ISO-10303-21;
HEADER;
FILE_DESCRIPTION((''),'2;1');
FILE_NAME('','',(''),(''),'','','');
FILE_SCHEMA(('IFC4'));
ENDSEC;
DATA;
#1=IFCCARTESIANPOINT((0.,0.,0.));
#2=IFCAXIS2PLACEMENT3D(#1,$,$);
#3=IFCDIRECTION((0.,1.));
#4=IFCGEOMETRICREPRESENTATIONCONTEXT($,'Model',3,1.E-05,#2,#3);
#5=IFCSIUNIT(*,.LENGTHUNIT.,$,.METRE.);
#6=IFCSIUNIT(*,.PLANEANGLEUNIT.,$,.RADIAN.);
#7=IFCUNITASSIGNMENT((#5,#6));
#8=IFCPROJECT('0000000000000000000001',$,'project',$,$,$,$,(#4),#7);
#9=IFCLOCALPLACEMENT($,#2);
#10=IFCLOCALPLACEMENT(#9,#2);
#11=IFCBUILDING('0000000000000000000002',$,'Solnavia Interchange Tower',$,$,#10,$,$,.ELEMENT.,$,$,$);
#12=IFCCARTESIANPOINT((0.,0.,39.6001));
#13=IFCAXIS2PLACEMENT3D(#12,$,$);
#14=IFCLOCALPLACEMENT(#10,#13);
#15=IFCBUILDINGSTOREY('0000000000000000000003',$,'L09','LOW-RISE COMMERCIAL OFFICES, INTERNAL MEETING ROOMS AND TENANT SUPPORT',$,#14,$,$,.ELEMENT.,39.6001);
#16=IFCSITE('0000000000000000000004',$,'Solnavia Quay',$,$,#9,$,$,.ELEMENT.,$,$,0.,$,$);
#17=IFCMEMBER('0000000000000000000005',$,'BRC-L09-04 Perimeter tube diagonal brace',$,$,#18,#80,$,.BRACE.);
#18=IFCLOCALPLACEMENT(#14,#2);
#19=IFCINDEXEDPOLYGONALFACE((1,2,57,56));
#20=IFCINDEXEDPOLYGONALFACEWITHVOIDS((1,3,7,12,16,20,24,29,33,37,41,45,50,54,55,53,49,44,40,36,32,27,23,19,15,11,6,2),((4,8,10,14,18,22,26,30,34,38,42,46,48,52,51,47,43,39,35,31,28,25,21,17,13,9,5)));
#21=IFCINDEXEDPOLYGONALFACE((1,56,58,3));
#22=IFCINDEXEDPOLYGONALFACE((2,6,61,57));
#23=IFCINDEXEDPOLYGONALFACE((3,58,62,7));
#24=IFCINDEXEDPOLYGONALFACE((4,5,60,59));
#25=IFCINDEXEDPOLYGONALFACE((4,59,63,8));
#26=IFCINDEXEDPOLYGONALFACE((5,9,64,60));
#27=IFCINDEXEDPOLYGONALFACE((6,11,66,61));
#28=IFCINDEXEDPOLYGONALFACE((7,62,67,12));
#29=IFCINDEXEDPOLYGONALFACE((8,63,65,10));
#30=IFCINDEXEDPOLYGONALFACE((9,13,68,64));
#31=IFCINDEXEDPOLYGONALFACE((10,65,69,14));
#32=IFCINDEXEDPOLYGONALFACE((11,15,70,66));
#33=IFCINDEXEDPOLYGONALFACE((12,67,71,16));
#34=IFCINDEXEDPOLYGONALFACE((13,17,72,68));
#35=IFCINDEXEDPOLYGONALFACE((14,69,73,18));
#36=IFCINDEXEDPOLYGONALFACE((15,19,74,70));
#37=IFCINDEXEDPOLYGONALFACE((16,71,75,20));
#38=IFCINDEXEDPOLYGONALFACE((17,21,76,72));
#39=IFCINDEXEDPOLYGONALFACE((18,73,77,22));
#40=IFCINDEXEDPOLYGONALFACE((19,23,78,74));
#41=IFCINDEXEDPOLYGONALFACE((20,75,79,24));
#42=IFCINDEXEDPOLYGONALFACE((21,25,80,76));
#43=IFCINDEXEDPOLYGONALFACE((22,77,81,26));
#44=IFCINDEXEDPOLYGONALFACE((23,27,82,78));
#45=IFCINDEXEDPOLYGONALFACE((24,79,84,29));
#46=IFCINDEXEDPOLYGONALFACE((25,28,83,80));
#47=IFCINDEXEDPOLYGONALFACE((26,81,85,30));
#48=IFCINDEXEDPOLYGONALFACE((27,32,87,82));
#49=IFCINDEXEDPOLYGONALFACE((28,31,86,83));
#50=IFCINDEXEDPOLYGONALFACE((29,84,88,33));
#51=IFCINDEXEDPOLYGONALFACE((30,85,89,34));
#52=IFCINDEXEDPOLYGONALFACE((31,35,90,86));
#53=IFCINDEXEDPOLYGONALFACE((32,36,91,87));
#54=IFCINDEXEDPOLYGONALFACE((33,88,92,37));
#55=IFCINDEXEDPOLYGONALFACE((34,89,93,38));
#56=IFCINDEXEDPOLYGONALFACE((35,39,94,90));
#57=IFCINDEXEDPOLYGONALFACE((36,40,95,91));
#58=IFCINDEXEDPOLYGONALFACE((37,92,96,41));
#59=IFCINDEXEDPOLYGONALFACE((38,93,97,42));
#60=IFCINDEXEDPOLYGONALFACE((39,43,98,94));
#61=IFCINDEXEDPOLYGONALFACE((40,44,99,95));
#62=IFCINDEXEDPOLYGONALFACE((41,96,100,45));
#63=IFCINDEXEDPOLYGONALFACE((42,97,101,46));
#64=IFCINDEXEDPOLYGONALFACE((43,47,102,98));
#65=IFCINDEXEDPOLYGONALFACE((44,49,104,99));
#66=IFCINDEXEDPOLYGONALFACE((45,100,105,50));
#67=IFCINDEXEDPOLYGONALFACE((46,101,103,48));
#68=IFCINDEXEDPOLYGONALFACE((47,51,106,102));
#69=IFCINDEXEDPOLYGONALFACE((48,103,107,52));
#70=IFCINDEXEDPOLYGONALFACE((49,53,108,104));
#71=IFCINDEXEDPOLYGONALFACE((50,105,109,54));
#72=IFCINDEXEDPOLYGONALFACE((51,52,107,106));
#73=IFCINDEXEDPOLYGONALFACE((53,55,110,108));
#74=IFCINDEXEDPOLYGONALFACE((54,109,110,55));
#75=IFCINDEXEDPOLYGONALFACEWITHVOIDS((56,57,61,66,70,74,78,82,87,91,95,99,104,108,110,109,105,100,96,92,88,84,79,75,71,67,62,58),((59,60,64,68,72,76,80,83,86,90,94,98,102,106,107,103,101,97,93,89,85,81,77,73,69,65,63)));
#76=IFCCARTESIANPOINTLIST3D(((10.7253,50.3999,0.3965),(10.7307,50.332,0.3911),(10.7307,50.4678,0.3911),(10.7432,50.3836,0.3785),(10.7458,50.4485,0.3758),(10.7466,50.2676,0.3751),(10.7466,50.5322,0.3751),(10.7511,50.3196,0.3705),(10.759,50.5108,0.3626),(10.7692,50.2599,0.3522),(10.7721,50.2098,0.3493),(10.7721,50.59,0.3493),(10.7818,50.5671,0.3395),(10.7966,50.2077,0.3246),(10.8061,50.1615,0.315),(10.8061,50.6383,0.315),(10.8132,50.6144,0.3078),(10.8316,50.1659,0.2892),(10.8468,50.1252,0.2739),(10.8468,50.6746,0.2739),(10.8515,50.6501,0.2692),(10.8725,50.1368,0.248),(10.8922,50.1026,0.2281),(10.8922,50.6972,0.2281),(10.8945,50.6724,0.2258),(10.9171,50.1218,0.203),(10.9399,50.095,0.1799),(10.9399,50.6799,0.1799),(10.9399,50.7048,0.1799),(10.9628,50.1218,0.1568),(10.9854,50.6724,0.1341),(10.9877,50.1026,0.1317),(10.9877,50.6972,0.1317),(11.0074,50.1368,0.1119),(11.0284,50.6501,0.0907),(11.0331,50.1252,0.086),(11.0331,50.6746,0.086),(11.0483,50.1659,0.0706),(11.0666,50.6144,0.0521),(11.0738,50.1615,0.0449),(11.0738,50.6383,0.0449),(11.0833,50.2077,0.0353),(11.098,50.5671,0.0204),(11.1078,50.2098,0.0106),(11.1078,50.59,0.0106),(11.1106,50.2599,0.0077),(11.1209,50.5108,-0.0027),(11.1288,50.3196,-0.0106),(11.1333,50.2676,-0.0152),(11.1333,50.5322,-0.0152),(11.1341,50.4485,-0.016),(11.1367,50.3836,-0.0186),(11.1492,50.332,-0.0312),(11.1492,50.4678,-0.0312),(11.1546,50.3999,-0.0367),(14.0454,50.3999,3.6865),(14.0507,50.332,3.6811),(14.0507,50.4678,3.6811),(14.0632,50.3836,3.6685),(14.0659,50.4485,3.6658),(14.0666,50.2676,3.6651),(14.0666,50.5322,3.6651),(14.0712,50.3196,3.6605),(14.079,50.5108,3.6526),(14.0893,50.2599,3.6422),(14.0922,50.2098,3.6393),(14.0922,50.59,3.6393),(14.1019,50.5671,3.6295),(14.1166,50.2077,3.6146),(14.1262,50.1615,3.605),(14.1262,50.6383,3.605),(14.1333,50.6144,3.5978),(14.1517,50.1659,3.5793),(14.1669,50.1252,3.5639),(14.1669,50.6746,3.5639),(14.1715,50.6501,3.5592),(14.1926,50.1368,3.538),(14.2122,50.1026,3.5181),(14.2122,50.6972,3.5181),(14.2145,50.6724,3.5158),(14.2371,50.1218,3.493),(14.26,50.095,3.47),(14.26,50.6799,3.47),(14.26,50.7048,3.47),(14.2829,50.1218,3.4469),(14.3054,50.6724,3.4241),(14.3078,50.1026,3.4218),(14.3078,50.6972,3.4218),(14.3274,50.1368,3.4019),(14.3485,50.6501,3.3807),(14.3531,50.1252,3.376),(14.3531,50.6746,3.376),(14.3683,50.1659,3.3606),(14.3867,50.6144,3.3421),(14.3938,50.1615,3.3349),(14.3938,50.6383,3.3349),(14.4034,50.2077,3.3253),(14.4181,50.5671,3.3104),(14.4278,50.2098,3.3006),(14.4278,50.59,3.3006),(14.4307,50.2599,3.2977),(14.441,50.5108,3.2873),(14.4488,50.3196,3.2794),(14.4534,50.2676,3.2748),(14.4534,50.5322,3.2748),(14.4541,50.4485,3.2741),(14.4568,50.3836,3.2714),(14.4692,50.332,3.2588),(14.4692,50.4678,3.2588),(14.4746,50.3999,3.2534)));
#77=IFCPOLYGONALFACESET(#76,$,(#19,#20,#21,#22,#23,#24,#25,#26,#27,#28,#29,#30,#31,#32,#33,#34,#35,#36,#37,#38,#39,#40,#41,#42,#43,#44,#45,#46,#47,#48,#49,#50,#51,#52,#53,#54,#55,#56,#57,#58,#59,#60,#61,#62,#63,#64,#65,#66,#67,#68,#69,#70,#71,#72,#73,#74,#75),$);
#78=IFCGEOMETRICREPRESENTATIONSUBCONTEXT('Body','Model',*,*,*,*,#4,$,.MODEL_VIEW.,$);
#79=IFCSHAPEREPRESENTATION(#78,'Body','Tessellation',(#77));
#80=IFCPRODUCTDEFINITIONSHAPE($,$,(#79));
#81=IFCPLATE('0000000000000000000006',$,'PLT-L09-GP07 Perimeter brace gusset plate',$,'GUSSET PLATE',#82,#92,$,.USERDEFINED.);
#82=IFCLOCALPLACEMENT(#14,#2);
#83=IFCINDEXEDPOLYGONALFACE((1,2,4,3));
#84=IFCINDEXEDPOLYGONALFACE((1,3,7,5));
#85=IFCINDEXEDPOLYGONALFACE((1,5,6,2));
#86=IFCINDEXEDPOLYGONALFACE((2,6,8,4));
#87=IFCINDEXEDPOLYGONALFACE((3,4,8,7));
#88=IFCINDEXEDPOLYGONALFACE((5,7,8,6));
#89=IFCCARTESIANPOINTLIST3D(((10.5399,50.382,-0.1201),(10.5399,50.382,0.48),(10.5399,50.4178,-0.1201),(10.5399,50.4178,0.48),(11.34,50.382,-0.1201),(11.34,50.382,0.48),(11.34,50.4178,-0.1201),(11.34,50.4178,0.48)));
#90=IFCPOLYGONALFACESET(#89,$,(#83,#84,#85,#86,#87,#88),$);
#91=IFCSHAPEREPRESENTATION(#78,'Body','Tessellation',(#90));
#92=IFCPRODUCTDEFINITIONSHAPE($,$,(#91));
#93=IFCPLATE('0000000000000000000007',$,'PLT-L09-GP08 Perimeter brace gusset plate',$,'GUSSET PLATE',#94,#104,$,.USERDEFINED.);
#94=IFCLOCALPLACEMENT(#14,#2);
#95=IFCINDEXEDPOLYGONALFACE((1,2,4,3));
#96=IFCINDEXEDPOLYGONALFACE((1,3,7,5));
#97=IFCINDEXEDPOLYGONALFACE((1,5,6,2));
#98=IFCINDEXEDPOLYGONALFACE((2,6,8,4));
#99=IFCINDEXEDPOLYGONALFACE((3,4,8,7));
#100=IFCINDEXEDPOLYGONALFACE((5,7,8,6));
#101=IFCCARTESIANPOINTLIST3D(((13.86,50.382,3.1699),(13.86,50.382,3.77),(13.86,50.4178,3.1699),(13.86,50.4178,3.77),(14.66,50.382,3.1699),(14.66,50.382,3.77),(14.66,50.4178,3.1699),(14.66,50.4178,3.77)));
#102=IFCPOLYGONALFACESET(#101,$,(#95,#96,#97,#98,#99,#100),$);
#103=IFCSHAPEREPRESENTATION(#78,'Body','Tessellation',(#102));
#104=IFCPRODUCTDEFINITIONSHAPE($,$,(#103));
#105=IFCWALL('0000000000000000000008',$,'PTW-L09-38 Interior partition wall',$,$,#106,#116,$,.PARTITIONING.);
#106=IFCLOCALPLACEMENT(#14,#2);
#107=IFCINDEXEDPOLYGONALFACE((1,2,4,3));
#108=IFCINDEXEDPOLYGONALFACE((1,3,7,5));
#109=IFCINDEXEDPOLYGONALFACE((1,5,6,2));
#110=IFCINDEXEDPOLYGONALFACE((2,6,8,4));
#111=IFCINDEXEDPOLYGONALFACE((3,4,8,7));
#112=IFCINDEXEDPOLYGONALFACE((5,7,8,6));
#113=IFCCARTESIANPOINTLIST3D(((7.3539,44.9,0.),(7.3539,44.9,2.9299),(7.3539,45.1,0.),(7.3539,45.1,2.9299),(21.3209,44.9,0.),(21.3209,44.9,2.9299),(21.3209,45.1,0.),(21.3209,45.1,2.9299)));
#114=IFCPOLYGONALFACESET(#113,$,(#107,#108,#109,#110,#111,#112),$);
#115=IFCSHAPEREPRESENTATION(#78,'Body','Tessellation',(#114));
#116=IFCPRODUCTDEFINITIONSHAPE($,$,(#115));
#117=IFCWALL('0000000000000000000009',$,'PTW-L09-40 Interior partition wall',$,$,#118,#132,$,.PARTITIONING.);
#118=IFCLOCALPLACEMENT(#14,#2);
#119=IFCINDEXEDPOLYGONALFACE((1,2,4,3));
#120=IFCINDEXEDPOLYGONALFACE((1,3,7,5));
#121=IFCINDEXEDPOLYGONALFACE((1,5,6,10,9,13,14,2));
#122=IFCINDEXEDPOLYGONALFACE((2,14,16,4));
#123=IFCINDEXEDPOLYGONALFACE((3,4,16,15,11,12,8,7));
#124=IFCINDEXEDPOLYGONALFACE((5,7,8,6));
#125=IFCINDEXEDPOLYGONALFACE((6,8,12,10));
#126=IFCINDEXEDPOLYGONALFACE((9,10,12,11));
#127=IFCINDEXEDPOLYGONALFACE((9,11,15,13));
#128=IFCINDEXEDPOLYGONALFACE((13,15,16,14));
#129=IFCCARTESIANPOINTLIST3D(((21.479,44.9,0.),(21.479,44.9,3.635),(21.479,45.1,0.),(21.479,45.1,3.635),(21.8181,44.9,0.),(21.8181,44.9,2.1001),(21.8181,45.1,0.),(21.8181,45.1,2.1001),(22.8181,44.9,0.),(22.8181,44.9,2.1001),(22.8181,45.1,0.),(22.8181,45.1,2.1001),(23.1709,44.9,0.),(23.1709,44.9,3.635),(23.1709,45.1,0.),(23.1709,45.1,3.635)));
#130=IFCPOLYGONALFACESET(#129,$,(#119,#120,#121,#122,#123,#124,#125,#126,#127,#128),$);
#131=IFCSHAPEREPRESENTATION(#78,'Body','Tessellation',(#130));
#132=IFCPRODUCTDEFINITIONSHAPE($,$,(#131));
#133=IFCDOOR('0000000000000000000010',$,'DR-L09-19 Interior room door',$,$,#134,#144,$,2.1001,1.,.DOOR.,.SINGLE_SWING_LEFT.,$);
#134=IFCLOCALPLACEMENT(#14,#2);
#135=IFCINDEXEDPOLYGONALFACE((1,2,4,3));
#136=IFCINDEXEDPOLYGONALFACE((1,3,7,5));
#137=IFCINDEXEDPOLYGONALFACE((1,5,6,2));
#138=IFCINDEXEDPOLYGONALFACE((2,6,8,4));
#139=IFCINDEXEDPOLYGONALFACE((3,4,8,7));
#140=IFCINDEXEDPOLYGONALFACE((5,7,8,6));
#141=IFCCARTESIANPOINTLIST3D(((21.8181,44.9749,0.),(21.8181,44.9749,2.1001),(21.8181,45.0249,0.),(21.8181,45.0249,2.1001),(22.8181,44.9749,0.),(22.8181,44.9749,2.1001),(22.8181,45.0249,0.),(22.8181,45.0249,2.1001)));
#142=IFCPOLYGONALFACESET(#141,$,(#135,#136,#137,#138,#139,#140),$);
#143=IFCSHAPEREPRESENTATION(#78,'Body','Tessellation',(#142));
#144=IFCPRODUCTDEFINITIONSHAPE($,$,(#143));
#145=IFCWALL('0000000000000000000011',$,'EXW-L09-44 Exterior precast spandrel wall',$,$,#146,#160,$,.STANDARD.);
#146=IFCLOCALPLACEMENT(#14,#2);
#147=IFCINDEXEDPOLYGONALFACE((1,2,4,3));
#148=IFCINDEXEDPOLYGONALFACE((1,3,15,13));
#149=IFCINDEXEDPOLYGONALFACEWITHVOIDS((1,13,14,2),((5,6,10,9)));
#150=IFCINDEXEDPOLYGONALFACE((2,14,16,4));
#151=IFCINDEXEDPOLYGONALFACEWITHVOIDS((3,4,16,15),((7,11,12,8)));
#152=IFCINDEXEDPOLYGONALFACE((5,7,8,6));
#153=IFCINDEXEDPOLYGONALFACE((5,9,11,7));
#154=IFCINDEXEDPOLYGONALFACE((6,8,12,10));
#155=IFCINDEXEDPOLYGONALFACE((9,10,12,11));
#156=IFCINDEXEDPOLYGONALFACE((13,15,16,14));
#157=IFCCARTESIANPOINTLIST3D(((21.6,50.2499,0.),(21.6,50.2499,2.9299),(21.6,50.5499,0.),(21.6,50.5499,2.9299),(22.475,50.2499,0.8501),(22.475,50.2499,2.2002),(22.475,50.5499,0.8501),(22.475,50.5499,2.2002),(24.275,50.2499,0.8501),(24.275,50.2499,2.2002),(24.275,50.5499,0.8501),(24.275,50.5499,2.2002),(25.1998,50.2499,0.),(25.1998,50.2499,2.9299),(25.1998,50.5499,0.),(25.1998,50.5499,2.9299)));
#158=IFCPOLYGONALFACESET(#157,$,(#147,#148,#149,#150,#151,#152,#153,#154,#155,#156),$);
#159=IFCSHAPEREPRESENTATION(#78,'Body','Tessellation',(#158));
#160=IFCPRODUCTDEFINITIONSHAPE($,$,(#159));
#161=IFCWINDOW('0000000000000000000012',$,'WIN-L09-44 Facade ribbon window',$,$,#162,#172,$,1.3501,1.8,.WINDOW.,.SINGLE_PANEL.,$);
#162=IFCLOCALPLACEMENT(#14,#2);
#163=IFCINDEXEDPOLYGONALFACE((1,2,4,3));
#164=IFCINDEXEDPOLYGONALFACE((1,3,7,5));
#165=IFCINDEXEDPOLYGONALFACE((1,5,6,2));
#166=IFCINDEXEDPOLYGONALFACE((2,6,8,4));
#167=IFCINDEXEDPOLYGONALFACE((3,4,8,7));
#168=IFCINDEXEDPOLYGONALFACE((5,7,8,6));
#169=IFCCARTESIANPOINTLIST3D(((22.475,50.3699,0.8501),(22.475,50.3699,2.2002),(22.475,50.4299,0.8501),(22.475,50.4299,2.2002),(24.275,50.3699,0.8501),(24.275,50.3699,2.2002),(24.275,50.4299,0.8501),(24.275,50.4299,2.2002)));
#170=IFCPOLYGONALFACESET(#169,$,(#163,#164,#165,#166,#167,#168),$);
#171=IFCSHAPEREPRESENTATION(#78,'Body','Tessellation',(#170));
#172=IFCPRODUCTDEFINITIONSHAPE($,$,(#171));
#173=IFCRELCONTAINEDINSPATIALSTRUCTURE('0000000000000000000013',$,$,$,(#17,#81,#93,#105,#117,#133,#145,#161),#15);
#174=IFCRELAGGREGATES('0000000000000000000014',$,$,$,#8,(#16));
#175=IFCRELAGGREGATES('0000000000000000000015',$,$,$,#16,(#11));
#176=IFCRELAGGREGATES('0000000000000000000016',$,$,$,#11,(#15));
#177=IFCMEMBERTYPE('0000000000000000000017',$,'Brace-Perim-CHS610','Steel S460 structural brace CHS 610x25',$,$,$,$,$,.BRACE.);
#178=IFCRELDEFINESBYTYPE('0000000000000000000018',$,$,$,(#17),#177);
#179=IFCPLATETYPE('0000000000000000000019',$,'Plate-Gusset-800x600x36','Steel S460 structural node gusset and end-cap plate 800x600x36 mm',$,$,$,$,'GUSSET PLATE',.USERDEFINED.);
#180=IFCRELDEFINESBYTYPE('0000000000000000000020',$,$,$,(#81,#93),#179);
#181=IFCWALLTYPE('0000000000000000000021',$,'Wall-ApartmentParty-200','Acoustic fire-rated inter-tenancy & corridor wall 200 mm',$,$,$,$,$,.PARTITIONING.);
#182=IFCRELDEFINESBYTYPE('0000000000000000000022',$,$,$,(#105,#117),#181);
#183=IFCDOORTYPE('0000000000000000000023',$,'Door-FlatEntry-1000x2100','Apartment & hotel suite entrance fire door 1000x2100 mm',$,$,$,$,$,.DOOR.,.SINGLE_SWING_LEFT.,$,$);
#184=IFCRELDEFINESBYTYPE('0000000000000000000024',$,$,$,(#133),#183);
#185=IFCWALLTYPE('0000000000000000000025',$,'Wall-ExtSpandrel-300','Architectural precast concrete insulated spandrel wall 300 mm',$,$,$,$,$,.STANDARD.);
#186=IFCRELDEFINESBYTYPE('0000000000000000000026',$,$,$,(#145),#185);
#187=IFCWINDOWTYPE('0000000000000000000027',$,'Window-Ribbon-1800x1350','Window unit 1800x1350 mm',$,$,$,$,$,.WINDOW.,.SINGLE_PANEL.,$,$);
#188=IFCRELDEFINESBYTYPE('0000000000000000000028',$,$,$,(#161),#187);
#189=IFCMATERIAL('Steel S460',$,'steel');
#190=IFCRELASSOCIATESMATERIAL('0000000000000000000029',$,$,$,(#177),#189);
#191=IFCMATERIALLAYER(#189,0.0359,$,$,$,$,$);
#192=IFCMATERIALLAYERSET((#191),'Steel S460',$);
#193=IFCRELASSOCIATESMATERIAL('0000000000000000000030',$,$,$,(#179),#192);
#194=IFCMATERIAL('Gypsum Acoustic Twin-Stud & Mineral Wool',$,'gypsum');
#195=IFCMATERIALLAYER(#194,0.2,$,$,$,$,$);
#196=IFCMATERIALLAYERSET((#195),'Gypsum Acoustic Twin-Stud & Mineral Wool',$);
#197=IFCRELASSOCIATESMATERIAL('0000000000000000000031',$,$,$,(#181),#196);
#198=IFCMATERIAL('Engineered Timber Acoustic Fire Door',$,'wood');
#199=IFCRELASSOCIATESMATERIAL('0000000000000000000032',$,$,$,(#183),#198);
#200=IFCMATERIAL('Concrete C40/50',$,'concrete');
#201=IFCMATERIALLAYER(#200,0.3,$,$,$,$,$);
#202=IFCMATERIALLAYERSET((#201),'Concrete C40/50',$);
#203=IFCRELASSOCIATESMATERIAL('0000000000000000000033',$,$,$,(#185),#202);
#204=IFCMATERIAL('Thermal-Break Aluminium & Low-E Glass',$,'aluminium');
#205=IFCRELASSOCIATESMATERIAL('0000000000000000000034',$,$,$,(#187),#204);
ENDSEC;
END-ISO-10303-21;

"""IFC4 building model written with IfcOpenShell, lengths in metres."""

from ifc_helpers import new_model, si_unit, direction, frame, frame_2d, origin, origin_2d, place, context, subcontext, project, spatial, rectangle, hollow_circle, extrude, material, layer, layer_set, material_profile, profile_set, type_object, element, fill, save


model = new_model("IFC4")

# Units and contexts
model_context = context("Model", 3, precision=1e-05, world=origin(), true_north=direction((0.0, 1.0)))
body_context = subcontext(model_context, "Body", "Model", "MODEL_VIEW")
ifc_project = project(units=[si_unit("LENGTHUNIT", "METRE"), si_unit("PLANEANGLEUNIT", "RADIAN")], contexts=[model_context])

# Site, building, storey
site_placement = place(None, origin())
site = spatial("IfcSite", under=ifc_project, at=site_placement, Name="Solnavia Quay", CompositionType="ELEMENT", RefElevation=0.0)
building_placement = place(site_placement, origin())
building = spatial("IfcBuilding", under=site, at=building_placement, Name="Solnavia Interchange Tower", CompositionType="ELEMENT")
storey_placement = place(building_placement, frame((0.0, 0.0, 39.6001)))
storey = spatial("IfcBuildingStorey", under=building, at=storey_placement, Name="L09", Description="LOW-RISE COMMERCIAL OFFICES, INTERNAL MEETING ROOMS AND TENANT SUPPORT", CompositionType="ELEMENT", Elevation=39.6001)

# Member
ifc_material_1 = material(Name="Steel S460", Category="steel")
ifc_material_profile_1 = material_profile(ifc_material_1, hollow_circle(Radius=0.3049, WallThickness=0.0249, at=origin_2d()), Name="CHS 610x25")
ifc_profile_set_1 = profile_set([ifc_material_profile_1], Name="Steel S460")
member_type = type_object("IfcMemberType", Name="Brace-Perim-CHS610", Description="Steel S460 structural brace CHS 610x25", PredefinedType="BRACE", material=ifc_profile_set_1)
member_placement = place(storey_placement, frame((10.9399, 50.3999, 0.1799), z_axis=(0.710312, 0.0, 0.703887), x_axis=(0.0, 1.0, 0.0)))
element("IfcMember", 1, at=member_placement, inside=storey, type_object=member_type, Name="BRC-L09-04 Perimeter tube diagonal brace", PredefinedType="BRACE", context=body_context, shape_type="SweptSolid", body=[
    extrude(hollow_circle(Radius=0.3049, WallThickness=0.0249, at=origin_2d()), origin(), (0.0, 0.0, 1.0), 4.6741),
])

# Plates
ifc_layer_1 = layer(ifc_material_1, 0.0359)
ifc_layer_set_1 = layer_set([ifc_layer_1], Name="Steel S460")
plate_type = type_object("IfcPlateType", Name="Plate-Gusset-800x600x36", Description="Steel S460 structural node gusset and end-cap plate 800x600x36 mm", ElementType="GUSSET PLATE", PredefinedType="USERDEFINED", material=ifc_layer_set_1)
for number, where, z_axis, x_axis, name in (
    (2, (10.9399, 50.3999, -0.1201), (0.0, 0.0, 1.0), (1.0, 0.0, 0.0), "PLT-L09-GP07 Perimeter brace gusset plate"),
    (3, (14.26, 50.3999, 3.1699), (0.0, 0.0, 1.0), (1.0, 0.0, 0.0), "PLT-L09-GP08 Perimeter brace gusset plate"),
):
    element("IfcPlate", number, at=place(storey_placement, frame(where, z_axis=z_axis, x_axis=x_axis)), inside=storey, type_object=plate_type, Name=name, ObjectType="GUSSET PLATE", PredefinedType="USERDEFINED", context=body_context, shape_type="SweptSolid", body=[
        extrude(rectangle(XDim=0.8, YDim=0.0359, at=origin_2d()), origin(), (0.0, 0.0, 1.0), 0.6001),
    ])

# Wall
ifc_material_2 = material(Name="Gypsum Acoustic Twin-Stud & Mineral Wool", Category="gypsum")
ifc_layer_2 = layer(ifc_material_2, 0.2)
ifc_layer_set_2 = layer_set([ifc_layer_2], Name="Gypsum Acoustic Twin-Stud & Mineral Wool")
wall_type_1 = type_object("IfcWallType", Name="Wall-ApartmentParty-200", Description="Acoustic fire-rated inter-tenancy & corridor wall 200 mm", PredefinedType="PARTITIONING", material=ifc_layer_set_2)
wall_1_placement = place(storey_placement, frame((7.354, 45.0, 0.0), z_axis=(0.0, 0.0, 1.0), x_axis=(1.0, 0.0, 0.0)))
element("IfcWall", 4, at=wall_1_placement, inside=storey, type_object=wall_type_1, Name="PTW-L09-38 Interior partition wall", PredefinedType="PARTITIONING", context=body_context, shape_type="SweptSolid", body=[
    extrude(rectangle(XDim=13.967, YDim=0.2, at=frame_2d((6.9834, 0.0))), origin(), (0.0, 0.0, 1.0), 2.9299),
])

# Wall, opening, door
wall_2_placement = place(storey_placement, frame((21.479, 45.0, 0.0), z_axis=(0.0, 0.0, 1.0), x_axis=(1.0, 0.0, 0.0)))
wall_2 = element("IfcWall", 5, at=wall_2_placement, inside=storey, type_object=wall_type_1, Name="PTW-L09-40 Interior partition wall", PredefinedType="PARTITIONING", context=body_context, shape_type="SweptSolid", body=[
    extrude(rectangle(XDim=1.6919, YDim=0.2, at=frame_2d((0.8459, 0.0))), origin(), (0.0, 0.0, 1.0), 3.635),
])
opening_1_placement = place(wall_2_placement, frame((0.3391, 0.0, 0.0)))
opening_1 = element("IfcOpeningElement", 6, at=opening_1_placement, cuts=wall_2, PredefinedType="OPENING", context=body_context, shape_type="SweptSolid", body=[
    extrude(rectangle(XDim=1.0, YDim=2.1001, at=frame_2d((0.5, 1.05))), frame((0.0, 0.1099, 0.0), z_axis=(0.0, -1.0, 0.0), x_axis=(1.0, 0.0, 0.0)), (0.0, 0.0, 1.0), 0.22),
])
ifc_material_3 = material(Name="Engineered Timber Acoustic Fire Door", Category="wood")
door_type = type_object("IfcDoorType", Name="Door-FlatEntry-1000x2100", Description="Apartment & hotel suite entrance fire door 1000x2100 mm", OperationType="SINGLE_SWING_LEFT", PredefinedType="DOOR", material=ifc_material_3)
door_placement = place(opening_1_placement, origin())
door = element("IfcDoor", 7, at=door_placement, inside=storey, type_object=door_type, Name="DR-L09-19 Interior room door", OperationType="SINGLE_SWING_LEFT", OverallHeight=2.1001, OverallWidth=1.0, PredefinedType="DOOR", context=body_context, shape_type="SweptSolid", body=[
    extrude(rectangle(XDim=1.0, YDim=2.1001, at=frame_2d((0.5, 1.05))), frame((0.0, 0.0249, 0.0), z_axis=(0.0, -1.0, 0.0), x_axis=(1.0, 0.0, 0.0)), (0.0, 0.0, 1.0), 0.05),
])
fill(opening_1, door)

# Wall, opening, window
ifc_material_4 = material(Name="Concrete C40/50", Category="concrete")
ifc_layer_3 = layer(ifc_material_4, 0.3)
ifc_layer_set_3 = layer_set([ifc_layer_3], Name="Concrete C40/50")
wall_type_2 = type_object("IfcWallType", Name="Wall-ExtSpandrel-300", Description="Architectural precast concrete insulated spandrel wall 300 mm", PredefinedType="STANDARD", material=ifc_layer_set_3)
wall_3_placement = place(storey_placement, frame((21.6001, 50.3999, 0.0), z_axis=(0.0, 0.0, 1.0), x_axis=(1.0, 0.0, 0.0)))
wall_3 = element("IfcWall", 8, at=wall_3_placement, inside=storey, type_object=wall_type_2, Name="EXW-L09-44 Exterior precast spandrel wall", PredefinedType="STANDARD", context=body_context, shape_type="SweptSolid", body=[
    extrude(rectangle(XDim=3.5999, YDim=0.3, at=frame_2d((1.7998, 0.0))), origin(), (0.0, 0.0, 1.0), 2.9299),
])
opening_2_placement = place(wall_3_placement, frame((0.875, 0.0, 0.8501)))
opening_2 = element("IfcOpeningElement", 9, at=opening_2_placement, cuts=wall_3, PredefinedType="OPENING", context=body_context, shape_type="SweptSolid", body=[
    extrude(rectangle(XDim=1.8, YDim=1.3501, at=frame_2d((0.8999, 0.675))), frame((0.0, 0.1602, 0.0), z_axis=(0.0, -1.0, 0.0), x_axis=(1.0, 0.0, 0.0)), (0.0, 0.0, 1.0), 0.3201),
])
ifc_material_5 = material(Name="Thermal-Break Aluminium & Low-E Glass", Category="aluminium")
window_type = type_object("IfcWindowType", Name="Window-Ribbon-1800x1350", Description="Window unit 1800x1350 mm", PartitioningType="SINGLE_PANEL", PredefinedType="WINDOW", material=ifc_material_5)
window_1_placement = place(opening_2_placement, origin())
window_1 = element("IfcWindow", 10, at=window_1_placement, inside=storey, type_object=window_type, Name="WIN-L09-44 Facade ribbon window", OverallHeight=1.3501, OverallWidth=1.8, PartitioningType="SINGLE_PANEL", PredefinedType="WINDOW", context=body_context, shape_type="SweptSolid", body=[
    extrude(rectangle(XDim=1.8, YDim=1.3501, at=frame_2d((0.8999, 0.675))), frame((0.0, 0.03, 0.0), z_axis=(0.0, -1.0, 0.0), x_axis=(1.0, 0.0, 0.0)), (0.0, 0.0, 1.0), 0.0601),
])
fill(opening_2, window_1)

save(model, "model.ifc")
